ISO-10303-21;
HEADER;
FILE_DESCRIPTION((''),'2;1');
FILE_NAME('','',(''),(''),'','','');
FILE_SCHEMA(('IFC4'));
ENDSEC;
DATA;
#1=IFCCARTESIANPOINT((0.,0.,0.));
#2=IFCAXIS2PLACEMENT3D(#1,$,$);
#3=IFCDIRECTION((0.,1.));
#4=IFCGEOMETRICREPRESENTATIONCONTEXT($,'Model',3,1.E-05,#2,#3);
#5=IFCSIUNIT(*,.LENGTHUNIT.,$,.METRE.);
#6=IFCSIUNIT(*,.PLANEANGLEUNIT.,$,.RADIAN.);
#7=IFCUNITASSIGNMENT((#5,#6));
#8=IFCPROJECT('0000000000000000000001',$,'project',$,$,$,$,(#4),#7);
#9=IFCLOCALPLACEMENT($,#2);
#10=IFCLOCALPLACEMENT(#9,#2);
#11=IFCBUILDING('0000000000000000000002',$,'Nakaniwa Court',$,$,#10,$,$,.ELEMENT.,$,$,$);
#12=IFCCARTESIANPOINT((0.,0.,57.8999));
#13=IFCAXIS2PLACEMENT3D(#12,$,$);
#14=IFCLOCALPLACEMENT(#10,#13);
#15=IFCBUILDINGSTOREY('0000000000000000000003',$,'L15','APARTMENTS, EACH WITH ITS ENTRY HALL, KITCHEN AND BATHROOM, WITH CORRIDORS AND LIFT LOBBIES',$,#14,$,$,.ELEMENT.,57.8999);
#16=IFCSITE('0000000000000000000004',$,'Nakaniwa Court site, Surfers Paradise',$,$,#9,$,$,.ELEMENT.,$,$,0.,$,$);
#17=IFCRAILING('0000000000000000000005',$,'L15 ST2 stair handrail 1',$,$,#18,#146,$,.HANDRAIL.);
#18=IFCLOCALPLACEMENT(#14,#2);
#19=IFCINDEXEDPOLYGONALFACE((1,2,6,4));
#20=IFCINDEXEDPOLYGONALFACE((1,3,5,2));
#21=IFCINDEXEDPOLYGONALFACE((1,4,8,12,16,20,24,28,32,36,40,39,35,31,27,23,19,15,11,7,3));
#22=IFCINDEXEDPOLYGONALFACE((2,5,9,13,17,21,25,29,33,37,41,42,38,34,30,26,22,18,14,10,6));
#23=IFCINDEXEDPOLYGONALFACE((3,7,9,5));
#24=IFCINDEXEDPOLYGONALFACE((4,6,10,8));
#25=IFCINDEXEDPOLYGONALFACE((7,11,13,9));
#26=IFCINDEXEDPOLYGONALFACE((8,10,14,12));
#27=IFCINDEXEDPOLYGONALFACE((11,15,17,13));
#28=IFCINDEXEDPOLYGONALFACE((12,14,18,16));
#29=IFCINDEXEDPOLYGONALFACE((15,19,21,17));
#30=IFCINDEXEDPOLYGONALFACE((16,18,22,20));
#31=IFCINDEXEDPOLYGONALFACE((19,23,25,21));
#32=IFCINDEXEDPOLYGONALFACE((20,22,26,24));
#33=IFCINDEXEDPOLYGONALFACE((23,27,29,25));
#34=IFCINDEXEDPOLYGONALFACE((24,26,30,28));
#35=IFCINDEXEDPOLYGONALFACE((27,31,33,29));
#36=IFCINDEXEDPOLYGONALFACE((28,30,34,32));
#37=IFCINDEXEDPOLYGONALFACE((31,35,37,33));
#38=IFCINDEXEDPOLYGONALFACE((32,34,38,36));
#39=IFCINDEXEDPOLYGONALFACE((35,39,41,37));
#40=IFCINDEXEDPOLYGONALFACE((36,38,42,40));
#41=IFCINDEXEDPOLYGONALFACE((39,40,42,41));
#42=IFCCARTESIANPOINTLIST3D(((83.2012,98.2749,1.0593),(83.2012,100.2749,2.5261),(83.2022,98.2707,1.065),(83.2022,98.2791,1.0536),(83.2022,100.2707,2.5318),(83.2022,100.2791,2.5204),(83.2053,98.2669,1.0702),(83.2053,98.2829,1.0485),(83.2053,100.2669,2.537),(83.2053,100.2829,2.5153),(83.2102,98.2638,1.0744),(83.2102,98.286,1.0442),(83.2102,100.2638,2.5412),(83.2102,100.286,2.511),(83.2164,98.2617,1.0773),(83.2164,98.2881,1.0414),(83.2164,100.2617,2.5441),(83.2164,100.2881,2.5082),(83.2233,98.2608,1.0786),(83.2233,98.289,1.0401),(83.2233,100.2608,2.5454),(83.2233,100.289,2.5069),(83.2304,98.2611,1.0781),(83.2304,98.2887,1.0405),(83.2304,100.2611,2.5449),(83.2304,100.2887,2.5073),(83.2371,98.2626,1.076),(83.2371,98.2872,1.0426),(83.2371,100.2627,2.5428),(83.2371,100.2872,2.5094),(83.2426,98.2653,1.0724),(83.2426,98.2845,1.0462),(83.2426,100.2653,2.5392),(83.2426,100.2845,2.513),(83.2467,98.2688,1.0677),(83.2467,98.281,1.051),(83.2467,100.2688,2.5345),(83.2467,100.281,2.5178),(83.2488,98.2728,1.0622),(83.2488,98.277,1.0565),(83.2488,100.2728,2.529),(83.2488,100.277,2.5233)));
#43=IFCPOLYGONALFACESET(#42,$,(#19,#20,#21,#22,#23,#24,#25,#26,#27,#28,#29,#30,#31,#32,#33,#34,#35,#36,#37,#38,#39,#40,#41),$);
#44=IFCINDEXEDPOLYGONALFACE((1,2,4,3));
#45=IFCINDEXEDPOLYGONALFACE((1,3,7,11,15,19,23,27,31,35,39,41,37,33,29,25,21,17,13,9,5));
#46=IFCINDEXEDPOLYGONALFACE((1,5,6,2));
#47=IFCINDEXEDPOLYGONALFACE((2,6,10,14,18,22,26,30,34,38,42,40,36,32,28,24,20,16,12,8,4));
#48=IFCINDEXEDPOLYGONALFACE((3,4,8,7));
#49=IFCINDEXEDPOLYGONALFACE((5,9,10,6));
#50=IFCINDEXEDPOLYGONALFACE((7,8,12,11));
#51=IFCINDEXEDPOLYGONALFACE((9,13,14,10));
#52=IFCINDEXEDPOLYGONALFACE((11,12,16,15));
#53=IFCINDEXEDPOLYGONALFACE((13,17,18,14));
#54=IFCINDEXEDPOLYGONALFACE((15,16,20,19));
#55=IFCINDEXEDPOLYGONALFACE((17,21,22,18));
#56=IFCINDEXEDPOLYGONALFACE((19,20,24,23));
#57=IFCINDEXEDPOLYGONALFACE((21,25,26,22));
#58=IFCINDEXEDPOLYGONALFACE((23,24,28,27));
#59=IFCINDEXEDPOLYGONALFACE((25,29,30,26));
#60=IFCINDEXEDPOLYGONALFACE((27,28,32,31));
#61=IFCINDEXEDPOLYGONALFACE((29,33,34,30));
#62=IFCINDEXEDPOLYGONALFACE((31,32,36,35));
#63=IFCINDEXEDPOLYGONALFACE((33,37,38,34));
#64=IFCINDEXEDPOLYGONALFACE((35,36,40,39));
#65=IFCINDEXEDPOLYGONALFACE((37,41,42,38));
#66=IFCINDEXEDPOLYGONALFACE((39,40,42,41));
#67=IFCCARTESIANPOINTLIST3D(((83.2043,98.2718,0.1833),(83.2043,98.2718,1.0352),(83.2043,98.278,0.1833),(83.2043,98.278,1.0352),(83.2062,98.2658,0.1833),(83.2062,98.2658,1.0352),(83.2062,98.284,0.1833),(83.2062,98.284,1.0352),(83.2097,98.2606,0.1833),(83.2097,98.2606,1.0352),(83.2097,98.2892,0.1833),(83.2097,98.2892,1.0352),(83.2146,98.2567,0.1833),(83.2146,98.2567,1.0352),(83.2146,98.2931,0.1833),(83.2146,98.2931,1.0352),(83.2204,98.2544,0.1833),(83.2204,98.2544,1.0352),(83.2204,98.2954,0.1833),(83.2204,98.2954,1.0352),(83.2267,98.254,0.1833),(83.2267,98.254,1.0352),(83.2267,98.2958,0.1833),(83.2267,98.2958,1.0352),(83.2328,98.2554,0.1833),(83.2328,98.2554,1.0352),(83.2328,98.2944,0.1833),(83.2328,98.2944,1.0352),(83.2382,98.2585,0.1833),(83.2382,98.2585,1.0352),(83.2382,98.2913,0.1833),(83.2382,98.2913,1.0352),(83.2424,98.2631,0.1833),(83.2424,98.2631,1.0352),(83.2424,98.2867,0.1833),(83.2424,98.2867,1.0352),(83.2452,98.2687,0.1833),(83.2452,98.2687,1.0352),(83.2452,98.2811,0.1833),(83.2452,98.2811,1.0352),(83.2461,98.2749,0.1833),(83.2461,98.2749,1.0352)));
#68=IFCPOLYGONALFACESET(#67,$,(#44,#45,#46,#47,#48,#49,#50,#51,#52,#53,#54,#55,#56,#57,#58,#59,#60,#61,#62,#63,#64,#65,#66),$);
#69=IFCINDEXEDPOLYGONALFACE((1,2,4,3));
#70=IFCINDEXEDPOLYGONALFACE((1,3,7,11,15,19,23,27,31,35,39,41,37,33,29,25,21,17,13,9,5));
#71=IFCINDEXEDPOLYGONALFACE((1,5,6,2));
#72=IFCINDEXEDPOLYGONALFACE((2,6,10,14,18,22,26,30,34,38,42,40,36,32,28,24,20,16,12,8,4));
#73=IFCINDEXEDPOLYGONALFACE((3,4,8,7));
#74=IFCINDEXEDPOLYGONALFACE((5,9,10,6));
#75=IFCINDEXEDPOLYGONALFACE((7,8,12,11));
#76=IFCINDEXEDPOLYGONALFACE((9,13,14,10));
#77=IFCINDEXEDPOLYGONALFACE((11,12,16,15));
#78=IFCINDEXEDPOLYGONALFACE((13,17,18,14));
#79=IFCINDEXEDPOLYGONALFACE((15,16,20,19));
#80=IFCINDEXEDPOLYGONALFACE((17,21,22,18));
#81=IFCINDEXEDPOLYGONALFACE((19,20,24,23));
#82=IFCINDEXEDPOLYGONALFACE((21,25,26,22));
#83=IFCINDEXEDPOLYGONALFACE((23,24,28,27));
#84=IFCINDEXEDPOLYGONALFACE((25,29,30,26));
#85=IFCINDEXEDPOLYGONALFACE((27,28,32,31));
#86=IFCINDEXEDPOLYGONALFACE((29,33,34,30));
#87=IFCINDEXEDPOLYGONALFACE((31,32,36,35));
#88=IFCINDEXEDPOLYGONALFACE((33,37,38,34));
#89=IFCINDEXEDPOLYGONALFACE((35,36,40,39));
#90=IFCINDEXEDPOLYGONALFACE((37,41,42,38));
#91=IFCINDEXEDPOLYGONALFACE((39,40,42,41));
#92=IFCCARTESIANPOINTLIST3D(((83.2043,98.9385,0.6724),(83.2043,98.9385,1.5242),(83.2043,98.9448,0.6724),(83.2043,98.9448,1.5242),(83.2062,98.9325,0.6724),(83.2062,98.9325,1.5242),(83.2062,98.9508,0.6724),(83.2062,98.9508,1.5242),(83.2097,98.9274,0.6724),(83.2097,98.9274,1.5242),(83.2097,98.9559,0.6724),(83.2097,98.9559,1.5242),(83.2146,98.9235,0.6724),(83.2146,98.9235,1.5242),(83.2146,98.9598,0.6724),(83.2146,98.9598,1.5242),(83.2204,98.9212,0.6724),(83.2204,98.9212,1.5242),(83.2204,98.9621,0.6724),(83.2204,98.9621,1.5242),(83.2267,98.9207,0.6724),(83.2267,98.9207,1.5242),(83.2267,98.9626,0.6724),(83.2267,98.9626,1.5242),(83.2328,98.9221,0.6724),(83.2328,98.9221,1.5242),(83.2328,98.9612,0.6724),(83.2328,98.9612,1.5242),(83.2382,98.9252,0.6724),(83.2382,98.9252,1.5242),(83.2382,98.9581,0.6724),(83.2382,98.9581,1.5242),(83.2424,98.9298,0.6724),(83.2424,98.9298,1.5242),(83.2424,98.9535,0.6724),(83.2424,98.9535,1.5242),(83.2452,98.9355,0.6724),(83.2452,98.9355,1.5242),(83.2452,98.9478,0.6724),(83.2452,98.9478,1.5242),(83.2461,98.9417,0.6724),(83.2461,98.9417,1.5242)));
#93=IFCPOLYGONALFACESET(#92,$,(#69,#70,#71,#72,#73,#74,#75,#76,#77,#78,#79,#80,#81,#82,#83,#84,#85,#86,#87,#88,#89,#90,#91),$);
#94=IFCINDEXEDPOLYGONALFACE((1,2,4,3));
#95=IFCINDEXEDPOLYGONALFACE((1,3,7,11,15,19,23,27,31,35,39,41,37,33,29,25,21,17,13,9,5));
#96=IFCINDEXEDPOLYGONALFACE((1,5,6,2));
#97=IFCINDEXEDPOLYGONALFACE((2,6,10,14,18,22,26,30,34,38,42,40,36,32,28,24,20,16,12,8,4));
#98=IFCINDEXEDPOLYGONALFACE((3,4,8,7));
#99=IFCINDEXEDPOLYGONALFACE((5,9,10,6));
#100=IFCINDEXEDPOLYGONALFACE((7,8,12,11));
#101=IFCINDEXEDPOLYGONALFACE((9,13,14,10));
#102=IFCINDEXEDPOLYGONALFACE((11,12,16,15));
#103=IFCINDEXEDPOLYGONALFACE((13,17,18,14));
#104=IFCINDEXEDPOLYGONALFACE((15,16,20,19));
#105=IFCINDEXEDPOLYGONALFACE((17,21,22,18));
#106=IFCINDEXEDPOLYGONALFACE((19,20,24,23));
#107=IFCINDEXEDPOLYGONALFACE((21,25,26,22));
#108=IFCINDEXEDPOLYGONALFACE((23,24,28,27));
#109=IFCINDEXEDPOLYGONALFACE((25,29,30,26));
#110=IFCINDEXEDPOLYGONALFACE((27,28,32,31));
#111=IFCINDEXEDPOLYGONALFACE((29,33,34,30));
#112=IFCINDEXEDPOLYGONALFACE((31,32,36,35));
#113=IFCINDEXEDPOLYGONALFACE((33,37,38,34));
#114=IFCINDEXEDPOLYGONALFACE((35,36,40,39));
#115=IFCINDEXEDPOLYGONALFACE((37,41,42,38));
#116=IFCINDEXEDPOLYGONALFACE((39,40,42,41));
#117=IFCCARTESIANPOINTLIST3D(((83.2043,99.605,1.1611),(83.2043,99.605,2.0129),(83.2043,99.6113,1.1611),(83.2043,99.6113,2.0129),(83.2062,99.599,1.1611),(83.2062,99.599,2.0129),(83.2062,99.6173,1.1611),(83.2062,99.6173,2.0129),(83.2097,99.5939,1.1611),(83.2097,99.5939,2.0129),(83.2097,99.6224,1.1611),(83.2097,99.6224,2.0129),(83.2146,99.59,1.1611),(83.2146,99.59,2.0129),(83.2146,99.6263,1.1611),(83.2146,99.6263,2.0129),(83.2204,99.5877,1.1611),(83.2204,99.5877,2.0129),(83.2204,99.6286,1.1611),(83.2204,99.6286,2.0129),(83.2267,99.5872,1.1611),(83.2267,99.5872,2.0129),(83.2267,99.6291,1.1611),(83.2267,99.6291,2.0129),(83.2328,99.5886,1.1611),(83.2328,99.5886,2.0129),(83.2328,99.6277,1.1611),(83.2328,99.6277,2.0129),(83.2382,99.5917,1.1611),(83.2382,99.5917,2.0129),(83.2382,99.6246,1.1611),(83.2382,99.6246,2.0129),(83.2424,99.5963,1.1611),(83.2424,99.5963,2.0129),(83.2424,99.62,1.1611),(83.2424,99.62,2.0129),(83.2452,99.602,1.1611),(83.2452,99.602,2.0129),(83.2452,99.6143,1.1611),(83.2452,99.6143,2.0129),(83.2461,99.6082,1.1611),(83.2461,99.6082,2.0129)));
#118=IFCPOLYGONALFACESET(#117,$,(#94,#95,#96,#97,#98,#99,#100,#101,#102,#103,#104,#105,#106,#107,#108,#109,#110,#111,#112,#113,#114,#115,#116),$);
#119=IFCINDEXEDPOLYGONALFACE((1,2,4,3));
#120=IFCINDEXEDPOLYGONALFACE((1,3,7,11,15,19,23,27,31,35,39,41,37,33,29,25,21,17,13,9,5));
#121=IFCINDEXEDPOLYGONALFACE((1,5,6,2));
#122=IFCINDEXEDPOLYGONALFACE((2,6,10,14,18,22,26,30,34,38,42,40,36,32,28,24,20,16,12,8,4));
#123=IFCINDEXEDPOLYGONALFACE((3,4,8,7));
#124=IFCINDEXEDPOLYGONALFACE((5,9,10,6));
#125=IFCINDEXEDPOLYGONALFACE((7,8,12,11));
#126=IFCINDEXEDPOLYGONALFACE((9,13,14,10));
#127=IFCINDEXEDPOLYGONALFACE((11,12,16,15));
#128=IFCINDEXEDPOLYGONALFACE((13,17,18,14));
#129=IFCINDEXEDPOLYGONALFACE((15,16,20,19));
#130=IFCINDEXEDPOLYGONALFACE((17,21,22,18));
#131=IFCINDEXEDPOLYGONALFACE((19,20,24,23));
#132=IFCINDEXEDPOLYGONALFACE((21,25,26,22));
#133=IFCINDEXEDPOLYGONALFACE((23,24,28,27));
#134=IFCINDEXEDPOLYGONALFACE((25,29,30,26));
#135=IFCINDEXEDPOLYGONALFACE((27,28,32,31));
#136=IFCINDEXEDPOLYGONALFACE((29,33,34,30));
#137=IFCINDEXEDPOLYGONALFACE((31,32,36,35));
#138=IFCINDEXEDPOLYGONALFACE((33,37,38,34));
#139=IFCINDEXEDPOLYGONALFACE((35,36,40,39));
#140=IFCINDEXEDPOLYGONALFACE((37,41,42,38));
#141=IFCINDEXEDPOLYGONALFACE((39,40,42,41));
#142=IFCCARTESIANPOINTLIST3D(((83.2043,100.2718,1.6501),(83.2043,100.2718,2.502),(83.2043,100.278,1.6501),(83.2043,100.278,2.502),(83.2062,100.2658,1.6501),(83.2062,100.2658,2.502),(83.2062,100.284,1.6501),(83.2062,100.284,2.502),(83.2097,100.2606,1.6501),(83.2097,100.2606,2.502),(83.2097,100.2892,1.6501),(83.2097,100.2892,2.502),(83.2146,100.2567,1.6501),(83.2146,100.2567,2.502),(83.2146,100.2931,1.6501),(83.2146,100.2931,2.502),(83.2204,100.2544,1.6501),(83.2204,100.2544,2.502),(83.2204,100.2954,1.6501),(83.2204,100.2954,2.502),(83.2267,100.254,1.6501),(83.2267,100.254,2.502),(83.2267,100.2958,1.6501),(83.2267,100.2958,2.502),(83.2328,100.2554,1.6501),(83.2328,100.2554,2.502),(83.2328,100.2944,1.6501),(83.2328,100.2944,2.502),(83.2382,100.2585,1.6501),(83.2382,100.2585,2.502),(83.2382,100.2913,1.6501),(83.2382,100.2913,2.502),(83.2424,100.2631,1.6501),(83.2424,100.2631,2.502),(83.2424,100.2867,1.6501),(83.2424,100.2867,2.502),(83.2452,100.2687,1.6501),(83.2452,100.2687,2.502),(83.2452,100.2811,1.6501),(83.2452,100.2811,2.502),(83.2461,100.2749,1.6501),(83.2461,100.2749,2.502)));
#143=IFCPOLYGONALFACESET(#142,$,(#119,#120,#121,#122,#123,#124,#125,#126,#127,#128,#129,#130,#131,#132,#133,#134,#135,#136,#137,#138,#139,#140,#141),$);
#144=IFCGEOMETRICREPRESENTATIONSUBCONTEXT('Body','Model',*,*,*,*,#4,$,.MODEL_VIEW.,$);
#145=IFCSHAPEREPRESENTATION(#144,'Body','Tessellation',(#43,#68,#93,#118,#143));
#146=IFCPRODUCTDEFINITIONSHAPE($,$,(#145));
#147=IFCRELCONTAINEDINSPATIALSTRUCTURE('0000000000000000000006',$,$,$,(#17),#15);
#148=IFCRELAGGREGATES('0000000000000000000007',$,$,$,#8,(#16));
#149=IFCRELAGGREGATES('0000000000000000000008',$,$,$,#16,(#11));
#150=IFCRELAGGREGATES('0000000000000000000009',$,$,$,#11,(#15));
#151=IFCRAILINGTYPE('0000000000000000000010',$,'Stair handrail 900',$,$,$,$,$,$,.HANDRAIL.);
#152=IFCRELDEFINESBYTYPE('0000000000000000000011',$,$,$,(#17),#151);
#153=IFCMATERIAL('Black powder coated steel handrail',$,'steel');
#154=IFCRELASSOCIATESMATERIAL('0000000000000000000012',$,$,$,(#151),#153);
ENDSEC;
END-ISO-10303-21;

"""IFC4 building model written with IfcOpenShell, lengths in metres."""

from ifc_helpers import new_model, si_unit, direction, frame, origin, origin_2d, place, context, subcontext, project, spatial, circle, extrude, material, type_object, element, save


model = new_model("IFC4")

# Units and contexts
model_context = context("Model", 3, precision=1e-05, world=origin(), true_north=direction((0.0, 1.0)))
body_context = subcontext(model_context, "Body", "Model", "MODEL_VIEW")
ifc_project = project(units=[si_unit("LENGTHUNIT", "METRE"), si_unit("PLANEANGLEUNIT", "RADIAN")], contexts=[model_context])

# Site, building, storey
site_placement = place(None, origin())
site = spatial("IfcSite", under=ifc_project, at=site_placement, Name="Nakaniwa Court site, Surfers Paradise", CompositionType="ELEMENT", RefElevation=0.0)
building_placement = place(site_placement, origin())
building = spatial("IfcBuilding", under=site, at=building_placement, Name="Nakaniwa Court", CompositionType="ELEMENT")
storey_placement = place(building_placement, frame((0.0, 0.0, 57.8999)))
storey = spatial("IfcBuildingStorey", under=building, at=storey_placement, Name="L15", Description="APARTMENTS, EACH WITH ITS ENTRY HALL, KITCHEN AND BATHROOM, WITH CORRIDORS AND LIFT LOBBIES", CompositionType="ELEMENT", Elevation=57.8999)

# Railing
ifc_material_1 = material(Name="Black powder coated steel handrail", Category="steel")
railing_type_1 = type_object("IfcRailingType", Name="Stair handrail 900", PredefinedType="HANDRAIL", material=ifc_material_1)
railing_1_placement = place(storey_placement, frame((83.2251, 98.2749, 0.1833)))
element("IfcRailing", 1, at=railing_1_placement, inside=storey, type_object=railing_type_1, Name="L15 ST2 stair handrail 1", PredefinedType="HANDRAIL", context=body_context, shape_type="SweptSolid", body=[
    extrude(circle(Radius=0.0239, at=origin_2d()), frame((0.0, 0.0, 0.876), z_axis=(0.0, 0.80638, 0.591398), x_axis=(-1.0, 0.0, 0.0)), (0.0, 0.0, 1.0), 2.4802),
    extrude(circle(Radius=0.021, at=origin_2d()), origin(), (0.0, 0.0, 1.0), 0.8518),
    extrude(circle(Radius=0.021, at=origin_2d()), frame((0.0, 0.6667, 0.489)), (0.0, 0.0, 1.0), 0.8518),
    extrude(circle(Radius=0.021, at=origin_2d()), frame((0.0, 1.3333, 0.9778)), (0.0, 0.0, 1.0), 0.8518),
    extrude(circle(Radius=0.021, at=origin_2d()), frame((0.0, 2.0, 1.4668)), (0.0, 0.0, 1.0), 0.8518),
])

save(model, "model.ifc")
